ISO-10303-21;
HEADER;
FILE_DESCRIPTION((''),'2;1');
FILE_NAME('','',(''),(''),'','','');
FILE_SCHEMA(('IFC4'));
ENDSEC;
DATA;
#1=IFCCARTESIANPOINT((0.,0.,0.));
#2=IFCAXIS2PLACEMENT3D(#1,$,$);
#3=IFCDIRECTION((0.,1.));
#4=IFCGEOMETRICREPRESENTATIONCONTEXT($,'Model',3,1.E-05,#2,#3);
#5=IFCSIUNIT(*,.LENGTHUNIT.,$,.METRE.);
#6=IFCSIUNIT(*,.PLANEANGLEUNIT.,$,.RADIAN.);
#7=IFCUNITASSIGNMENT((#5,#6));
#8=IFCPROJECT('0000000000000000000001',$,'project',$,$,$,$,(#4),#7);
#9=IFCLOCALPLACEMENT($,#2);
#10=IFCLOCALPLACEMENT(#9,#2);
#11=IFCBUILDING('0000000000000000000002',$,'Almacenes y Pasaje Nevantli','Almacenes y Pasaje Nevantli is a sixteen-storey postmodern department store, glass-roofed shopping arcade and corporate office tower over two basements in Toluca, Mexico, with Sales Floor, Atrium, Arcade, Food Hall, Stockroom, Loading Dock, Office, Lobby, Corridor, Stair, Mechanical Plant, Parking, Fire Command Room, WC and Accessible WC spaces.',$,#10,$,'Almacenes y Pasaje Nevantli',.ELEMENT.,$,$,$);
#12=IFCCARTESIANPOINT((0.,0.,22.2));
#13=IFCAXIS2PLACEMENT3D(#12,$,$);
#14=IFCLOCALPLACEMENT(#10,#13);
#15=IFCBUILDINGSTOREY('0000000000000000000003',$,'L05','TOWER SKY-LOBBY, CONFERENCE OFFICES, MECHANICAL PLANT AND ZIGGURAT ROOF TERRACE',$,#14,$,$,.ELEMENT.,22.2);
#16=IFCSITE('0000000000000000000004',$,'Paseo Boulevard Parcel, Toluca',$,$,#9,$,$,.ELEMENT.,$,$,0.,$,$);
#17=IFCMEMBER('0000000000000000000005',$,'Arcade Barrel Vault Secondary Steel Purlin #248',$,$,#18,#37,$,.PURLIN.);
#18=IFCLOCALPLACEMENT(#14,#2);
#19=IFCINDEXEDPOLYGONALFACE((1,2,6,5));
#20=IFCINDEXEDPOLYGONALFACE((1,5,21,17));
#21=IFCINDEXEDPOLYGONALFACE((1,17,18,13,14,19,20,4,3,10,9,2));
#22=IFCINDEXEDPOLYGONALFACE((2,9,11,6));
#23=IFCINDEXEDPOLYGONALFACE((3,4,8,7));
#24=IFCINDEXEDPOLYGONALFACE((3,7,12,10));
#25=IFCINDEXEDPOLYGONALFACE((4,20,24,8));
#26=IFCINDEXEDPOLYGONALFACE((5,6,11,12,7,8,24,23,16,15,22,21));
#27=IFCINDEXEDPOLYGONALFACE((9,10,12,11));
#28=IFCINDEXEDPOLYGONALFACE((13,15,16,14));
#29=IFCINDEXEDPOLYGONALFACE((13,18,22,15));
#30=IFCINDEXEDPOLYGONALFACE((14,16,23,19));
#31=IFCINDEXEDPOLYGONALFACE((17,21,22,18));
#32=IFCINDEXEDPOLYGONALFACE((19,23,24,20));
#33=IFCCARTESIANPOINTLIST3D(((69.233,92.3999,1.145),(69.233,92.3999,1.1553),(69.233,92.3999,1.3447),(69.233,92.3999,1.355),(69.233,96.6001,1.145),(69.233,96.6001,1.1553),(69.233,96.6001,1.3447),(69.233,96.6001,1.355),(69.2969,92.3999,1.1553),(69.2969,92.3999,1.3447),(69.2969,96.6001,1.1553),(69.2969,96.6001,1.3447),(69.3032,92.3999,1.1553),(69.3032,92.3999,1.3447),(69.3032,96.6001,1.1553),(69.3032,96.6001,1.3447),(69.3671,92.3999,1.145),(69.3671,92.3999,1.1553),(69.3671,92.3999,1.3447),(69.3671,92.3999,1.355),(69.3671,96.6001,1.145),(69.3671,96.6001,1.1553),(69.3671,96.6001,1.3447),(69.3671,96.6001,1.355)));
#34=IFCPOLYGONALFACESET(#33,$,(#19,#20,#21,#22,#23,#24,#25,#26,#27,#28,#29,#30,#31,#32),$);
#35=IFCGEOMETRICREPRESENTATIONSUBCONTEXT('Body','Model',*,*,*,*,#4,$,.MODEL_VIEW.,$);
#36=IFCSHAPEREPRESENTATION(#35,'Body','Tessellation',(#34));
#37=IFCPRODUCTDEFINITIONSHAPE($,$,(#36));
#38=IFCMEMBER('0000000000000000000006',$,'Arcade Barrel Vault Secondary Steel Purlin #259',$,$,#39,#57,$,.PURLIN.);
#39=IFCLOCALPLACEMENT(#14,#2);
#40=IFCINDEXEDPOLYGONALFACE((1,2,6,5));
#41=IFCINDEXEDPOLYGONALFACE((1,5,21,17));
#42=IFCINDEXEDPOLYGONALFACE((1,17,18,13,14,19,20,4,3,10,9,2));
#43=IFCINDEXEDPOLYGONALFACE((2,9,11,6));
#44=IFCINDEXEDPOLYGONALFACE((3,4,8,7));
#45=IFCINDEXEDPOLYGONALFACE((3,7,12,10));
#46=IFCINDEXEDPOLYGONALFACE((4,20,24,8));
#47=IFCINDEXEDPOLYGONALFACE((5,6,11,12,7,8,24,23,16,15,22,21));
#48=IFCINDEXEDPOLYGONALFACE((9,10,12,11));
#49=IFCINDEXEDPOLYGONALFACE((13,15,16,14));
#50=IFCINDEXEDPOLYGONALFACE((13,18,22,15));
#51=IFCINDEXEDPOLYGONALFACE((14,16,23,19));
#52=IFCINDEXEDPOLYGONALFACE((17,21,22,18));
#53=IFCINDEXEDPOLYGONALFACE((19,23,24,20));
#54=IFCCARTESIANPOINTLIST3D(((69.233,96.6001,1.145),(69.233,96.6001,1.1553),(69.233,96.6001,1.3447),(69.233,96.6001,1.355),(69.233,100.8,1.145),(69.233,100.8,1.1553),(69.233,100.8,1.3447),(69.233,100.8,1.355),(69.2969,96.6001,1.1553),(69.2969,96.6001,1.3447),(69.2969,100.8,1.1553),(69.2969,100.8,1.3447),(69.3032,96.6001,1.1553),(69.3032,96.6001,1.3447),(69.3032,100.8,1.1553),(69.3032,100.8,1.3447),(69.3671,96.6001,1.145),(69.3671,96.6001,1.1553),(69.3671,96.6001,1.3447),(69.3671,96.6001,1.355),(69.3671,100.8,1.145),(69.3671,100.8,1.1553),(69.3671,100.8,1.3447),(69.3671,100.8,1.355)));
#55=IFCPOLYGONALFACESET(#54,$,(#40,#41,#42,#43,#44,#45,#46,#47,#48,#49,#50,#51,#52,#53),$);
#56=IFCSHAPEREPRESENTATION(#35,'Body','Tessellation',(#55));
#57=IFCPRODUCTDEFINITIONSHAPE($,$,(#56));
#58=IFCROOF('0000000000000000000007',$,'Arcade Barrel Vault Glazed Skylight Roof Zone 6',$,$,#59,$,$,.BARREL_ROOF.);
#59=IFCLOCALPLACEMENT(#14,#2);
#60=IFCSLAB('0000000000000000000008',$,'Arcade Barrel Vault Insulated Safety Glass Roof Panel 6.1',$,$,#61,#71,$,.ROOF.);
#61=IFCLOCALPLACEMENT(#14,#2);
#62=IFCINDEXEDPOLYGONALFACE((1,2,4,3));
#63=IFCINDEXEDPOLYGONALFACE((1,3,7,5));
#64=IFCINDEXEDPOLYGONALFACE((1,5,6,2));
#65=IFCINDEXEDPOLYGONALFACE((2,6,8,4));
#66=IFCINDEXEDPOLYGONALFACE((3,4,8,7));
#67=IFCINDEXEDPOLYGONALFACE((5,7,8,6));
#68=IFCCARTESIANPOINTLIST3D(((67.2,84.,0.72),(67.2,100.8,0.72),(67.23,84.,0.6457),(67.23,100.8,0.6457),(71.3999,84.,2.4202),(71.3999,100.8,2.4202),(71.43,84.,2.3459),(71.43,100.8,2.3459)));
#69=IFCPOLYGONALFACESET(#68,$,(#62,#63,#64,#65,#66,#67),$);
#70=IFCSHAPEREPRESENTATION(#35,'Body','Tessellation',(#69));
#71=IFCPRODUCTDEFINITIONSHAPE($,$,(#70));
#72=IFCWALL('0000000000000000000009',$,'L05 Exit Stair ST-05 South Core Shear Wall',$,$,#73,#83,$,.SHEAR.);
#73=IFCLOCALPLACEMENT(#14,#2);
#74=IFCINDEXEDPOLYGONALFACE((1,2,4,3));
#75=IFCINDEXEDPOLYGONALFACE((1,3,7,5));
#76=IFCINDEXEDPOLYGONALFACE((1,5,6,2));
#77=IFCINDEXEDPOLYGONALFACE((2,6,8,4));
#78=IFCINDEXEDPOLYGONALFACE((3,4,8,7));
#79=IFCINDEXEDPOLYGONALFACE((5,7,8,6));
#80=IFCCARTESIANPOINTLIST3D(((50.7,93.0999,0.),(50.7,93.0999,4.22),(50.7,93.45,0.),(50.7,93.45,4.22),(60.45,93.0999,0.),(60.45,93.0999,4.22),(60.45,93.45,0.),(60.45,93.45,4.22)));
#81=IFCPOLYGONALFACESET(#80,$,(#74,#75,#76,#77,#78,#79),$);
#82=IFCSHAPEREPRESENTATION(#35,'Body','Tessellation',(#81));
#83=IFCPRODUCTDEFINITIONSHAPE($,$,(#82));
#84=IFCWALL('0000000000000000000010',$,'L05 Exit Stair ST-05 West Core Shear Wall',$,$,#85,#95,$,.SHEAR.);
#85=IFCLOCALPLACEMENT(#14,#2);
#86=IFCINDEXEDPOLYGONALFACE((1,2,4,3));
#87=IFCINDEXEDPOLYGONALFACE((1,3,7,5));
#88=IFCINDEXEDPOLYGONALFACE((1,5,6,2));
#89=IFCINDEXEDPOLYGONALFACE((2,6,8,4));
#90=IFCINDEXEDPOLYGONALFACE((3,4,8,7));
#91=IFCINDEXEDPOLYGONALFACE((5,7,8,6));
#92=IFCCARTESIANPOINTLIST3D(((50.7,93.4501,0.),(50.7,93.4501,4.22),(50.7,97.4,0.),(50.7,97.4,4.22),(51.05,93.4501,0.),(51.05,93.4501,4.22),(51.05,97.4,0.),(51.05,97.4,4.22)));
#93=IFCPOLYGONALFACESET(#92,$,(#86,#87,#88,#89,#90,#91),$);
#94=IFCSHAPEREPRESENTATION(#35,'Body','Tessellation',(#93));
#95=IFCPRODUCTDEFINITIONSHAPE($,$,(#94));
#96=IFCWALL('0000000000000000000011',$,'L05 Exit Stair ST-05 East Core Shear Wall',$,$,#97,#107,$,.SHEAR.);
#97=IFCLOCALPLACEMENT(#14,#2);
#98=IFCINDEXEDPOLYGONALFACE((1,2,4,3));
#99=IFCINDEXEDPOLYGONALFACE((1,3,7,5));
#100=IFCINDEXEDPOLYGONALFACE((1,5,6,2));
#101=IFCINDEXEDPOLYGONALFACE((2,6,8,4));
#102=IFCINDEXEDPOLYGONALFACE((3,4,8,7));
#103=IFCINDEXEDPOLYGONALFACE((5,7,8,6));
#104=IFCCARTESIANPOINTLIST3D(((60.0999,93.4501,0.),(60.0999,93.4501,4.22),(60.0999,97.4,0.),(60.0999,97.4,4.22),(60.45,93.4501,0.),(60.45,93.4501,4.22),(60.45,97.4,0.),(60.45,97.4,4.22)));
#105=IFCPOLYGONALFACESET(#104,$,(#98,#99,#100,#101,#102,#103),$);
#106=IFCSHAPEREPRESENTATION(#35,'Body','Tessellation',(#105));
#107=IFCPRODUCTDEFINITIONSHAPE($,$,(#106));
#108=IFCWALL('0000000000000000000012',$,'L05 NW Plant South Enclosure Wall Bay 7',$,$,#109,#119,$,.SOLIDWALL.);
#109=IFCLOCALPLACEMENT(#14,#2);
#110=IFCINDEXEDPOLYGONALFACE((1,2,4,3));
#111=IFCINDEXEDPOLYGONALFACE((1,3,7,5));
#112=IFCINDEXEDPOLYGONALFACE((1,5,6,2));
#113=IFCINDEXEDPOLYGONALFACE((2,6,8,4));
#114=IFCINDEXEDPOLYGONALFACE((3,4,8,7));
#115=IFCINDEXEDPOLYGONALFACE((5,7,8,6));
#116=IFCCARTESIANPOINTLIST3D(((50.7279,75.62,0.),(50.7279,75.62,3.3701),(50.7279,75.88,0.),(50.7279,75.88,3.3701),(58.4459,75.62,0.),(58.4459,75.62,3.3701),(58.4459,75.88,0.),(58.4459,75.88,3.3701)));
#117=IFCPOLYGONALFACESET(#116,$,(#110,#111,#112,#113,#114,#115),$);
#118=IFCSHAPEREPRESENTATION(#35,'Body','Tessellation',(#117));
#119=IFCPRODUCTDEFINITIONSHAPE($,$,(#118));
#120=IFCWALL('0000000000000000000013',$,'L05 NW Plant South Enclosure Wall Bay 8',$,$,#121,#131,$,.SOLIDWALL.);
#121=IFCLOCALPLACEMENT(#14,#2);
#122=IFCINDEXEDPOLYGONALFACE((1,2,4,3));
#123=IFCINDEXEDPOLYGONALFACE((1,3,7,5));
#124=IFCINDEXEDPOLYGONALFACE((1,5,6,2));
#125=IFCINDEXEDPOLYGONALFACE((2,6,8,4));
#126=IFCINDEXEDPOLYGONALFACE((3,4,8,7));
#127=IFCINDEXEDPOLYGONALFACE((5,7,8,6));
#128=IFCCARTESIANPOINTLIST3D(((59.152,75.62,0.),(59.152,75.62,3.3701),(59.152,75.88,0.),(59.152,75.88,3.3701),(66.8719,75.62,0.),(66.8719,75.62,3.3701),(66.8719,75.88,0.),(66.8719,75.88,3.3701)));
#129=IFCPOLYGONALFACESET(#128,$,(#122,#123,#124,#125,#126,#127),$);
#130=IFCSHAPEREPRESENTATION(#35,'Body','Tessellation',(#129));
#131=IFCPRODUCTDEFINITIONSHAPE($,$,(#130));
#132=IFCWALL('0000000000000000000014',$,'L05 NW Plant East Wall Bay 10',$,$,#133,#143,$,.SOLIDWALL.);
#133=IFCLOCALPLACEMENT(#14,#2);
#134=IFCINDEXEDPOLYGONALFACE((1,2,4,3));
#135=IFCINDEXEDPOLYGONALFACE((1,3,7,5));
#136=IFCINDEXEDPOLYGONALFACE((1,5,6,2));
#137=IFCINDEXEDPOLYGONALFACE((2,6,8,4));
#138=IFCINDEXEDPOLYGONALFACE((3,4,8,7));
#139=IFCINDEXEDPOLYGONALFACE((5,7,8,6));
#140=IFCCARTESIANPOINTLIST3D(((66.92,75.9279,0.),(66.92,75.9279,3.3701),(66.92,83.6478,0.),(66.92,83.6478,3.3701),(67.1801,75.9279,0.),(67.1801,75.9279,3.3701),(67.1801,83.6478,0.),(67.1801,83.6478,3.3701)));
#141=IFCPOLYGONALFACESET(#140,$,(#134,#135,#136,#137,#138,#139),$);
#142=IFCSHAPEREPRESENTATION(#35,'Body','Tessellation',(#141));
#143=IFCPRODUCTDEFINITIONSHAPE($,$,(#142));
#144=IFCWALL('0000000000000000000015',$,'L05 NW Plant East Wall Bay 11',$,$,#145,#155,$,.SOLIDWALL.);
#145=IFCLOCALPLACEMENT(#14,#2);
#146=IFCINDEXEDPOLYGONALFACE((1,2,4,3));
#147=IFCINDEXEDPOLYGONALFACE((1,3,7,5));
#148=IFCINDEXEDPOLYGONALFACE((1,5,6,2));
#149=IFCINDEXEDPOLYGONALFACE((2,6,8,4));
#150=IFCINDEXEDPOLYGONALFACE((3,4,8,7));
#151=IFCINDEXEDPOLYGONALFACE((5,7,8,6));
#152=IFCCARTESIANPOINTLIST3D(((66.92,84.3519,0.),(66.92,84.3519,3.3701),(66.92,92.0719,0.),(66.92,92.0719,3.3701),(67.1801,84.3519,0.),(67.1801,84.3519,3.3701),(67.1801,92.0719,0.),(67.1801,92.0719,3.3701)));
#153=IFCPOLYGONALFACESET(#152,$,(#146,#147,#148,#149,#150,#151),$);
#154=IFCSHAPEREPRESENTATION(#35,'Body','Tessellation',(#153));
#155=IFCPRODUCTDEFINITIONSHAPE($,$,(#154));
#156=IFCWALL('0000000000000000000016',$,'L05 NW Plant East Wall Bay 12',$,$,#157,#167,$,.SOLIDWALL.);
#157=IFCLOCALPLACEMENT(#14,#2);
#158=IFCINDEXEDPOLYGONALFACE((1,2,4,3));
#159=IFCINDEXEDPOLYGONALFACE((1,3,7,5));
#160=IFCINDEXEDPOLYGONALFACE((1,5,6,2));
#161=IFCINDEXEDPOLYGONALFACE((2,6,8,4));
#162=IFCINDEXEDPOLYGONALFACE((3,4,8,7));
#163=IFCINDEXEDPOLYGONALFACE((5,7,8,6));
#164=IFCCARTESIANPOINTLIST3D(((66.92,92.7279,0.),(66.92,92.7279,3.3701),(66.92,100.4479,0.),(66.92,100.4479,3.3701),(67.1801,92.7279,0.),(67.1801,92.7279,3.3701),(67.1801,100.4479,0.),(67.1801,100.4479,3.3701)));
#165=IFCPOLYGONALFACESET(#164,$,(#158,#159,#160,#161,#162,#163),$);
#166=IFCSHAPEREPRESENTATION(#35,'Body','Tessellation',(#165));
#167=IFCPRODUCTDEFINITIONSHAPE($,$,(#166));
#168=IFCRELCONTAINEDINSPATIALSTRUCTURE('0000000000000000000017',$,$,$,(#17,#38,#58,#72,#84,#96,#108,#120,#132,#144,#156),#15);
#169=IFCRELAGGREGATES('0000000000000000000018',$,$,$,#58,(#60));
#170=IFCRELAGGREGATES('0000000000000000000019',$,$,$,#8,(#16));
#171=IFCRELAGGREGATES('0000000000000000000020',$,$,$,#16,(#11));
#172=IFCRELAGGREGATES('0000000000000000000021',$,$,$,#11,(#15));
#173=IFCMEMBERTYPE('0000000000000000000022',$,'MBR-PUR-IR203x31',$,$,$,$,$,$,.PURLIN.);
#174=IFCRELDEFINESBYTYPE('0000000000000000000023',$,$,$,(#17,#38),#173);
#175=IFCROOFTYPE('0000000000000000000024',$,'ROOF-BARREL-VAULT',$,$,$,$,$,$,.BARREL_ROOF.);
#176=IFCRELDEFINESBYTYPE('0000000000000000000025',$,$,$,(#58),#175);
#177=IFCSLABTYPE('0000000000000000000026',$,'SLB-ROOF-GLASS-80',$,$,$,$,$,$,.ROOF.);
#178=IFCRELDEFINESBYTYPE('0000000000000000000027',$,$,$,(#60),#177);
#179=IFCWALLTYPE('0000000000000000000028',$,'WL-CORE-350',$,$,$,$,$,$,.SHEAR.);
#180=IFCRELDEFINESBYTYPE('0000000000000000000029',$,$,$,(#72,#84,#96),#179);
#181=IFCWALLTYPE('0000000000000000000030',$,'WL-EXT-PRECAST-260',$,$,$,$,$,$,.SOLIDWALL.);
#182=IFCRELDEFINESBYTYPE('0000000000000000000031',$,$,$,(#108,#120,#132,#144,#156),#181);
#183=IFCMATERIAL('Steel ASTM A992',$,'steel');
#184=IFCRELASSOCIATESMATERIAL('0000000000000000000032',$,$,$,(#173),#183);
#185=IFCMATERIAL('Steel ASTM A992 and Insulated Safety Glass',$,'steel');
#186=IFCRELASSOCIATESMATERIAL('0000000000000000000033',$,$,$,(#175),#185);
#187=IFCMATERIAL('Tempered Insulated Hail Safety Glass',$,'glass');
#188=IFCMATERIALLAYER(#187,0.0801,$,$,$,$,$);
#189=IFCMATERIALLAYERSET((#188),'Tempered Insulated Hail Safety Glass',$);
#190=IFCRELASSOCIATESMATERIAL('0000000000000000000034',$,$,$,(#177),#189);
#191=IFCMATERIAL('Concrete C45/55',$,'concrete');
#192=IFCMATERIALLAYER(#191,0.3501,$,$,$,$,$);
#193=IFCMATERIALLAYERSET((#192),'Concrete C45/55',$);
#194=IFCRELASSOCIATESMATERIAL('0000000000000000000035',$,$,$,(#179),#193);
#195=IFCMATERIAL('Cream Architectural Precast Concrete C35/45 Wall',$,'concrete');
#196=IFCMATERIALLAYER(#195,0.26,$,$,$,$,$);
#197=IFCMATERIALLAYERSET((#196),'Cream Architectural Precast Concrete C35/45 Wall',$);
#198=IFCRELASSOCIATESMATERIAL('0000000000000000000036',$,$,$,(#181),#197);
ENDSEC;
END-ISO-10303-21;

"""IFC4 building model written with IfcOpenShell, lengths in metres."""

from ifc_helpers import new_model, si_unit, direction, frame, frame_2d, origin, origin_2d, place, context, subcontext, project, spatial, polyline, rectangle, i_section, outline, extrude, material, layer, layer_set, material_profile, profile_set, type_object, element, aggregate, save


model = new_model("IFC4")

# Units and contexts
model_context = context("Model", 3, precision=1e-05, world=origin(), true_north=direction((0.0, 1.0)))
body_context = subcontext(model_context, "Body", "Model", "MODEL_VIEW")
ifc_project = project(units=[si_unit("LENGTHUNIT", "METRE"), si_unit("PLANEANGLEUNIT", "RADIAN")], contexts=[model_context])

# Site, building, storey
site_placement = place(None, origin())
site = spatial("IfcSite", under=ifc_project, at=site_placement, Name="Paseo Boulevard Parcel, Toluca", CompositionType="ELEMENT", RefElevation=0.0)
building_placement = place(site_placement, origin())
building = spatial("IfcBuilding", under=site, at=building_placement, Name="Almacenes y Pasaje Nevantli", Description="Almacenes y Pasaje Nevantli is a sixteen-storey postmodern department store, glass-roofed shopping arcade and corporate office tower over two basements in Toluca, Mexico, with Sales Floor, Atrium, Arcade, Food Hall, Stockroom, Loading Dock, Office, Lobby, Corridor, Stair, Mechanical Plant, Parking, Fire Command Room, WC and Accessible WC spaces.", LongName="Almacenes y Pasaje Nevantli", CompositionType="ELEMENT")
storey_placement = place(building_placement, frame((0.0, 0.0, 22.2)))
storey = spatial("IfcBuildingStorey", under=building, at=storey_placement, Name="L05", Description="TOWER SKY-LOBBY, CONFERENCE OFFICES, MECHANICAL PLANT AND ZIGGURAT ROOF TERRACE", CompositionType="ELEMENT", Elevation=22.2)

# Members
ifc_material_1 = material(Name="Steel ASTM A992", Category="steel")
ifc_material_profile_1 = material_profile(ifc_material_1, i_section(OverallWidth=0.134, OverallDepth=0.21, WebThickness=0.0063, FlangeThickness=0.0103, at=origin_2d()), Name="IR 203x31.3")
ifc_profile_set_1 = profile_set([ifc_material_profile_1], Name="Steel ASTM A992")
member_type_1 = type_object("IfcMemberType", Name="MBR-PUR-IR203x31", PredefinedType="PURLIN", material=ifc_profile_set_1)
member_1_placement = place(storey_placement, frame((69.3, 92.3999, 1.25), z_axis=(0.0, 1.0, 0.0), x_axis=(-1.0, 0.0, 0.0)))
element("IfcMember", 1, at=member_1_placement, inside=storey, type_object=member_type_1, Name="Arcade Barrel Vault Secondary Steel Purlin #248", PredefinedType="PURLIN", context=body_context, shape_type="SweptSolid", body=[
    extrude(i_section(OverallWidth=0.134, OverallDepth=0.21, WebThickness=0.0063, FlangeThickness=0.0103, at=origin_2d()), origin(), (0.0, 0.0, 1.0), 4.2002),
])
member_2_placement = place(storey_placement, frame((69.3, 96.6001, 1.25), z_axis=(0.0, 1.0, 0.0), x_axis=(-1.0, 0.0, 0.0)))
element("IfcMember", 2, at=member_2_placement, inside=storey, type_object=member_type_1, Name="Arcade Barrel Vault Secondary Steel Purlin #259", PredefinedType="PURLIN", context=body_context, shape_type="SweptSolid", body=[
    extrude(i_section(OverallWidth=0.134, OverallDepth=0.21, WebThickness=0.0063, FlangeThickness=0.0103, at=origin_2d()), origin(), (0.0, 0.0, 1.0), 4.2),
])

# Roof, slab
ifc_material_2 = material(Name="Steel ASTM A992 and Insulated Safety Glass", Category="steel")
roof_type = type_object("IfcRoofType", Name="ROOF-BARREL-VAULT", PredefinedType="BARREL_ROOF", material=ifc_material_2)
roof_placement = place(storey_placement, origin())
roof = element("IfcRoof", 3, at=roof_placement, inside=storey, type_object=roof_type, Name="Arcade Barrel Vault Glazed Skylight Roof Zone 6", PredefinedType="BARREL_ROOF")
ifc_material_3 = material(Name="Tempered Insulated Hail Safety Glass", Category="glass")
ifc_layer_1 = layer(ifc_material_3, 0.0801)
ifc_layer_set_1 = layer_set([ifc_layer_1], Name="Tempered Insulated Hail Safety Glass")
slab_type = type_object("IfcSlabType", Name="SLB-ROOF-GLASS-80", PredefinedType="ROOF", material=ifc_layer_set_1)
slab_placement = place(storey_placement, frame((67.2, 84.0, 0.72), z_axis=(-0.375234, 0.0, 0.92693), x_axis=(0.92693, 0.0, 0.375234)))
slab = element("IfcSlab", 4, at=slab_placement, type_object=slab_type, Name="Arcade Barrel Vault Insulated Safety Glass Roof Panel 6.1", PredefinedType="ROOF", context=body_context, shape_type="SweptSolid", body=[
    extrude(outline(polyline([(0.0, 0.0), (4.531, 0.0), (4.531, 16.8), (0.0, 16.8), (0.0, 0.0)])), origin(), (0.0, 0.0, -1.0), 0.0801),
])
aggregate(roof, [slab])

# Walls
ifc_material_4 = material(Name="Concrete C45/55", Category="concrete")
ifc_layer_2 = layer(ifc_material_4, 0.3501)
ifc_layer_set_2 = layer_set([ifc_layer_2], Name="Concrete C45/55")
wall_type_1 = type_object("IfcWallType", Name="WL-CORE-350", PredefinedType="SHEAR", material=ifc_layer_set_2)
wall_1_placement = place(storey_placement, frame((50.7, 93.2749, 0.0), z_axis=(0.0, 0.0, 1.0), x_axis=(1.0, 0.0, 0.0)))
element("IfcWall", 5, at=wall_1_placement, inside=storey, type_object=wall_type_1, Name="L05 Exit Stair ST-05 South Core Shear Wall", PredefinedType="SHEAR", context=body_context, shape_type="SweptSolid", body=[
    extrude(rectangle(XDim=9.75, YDim=0.3501, at=frame_2d((4.875, 0.0))), origin(), (0.0, 0.0, 1.0), 4.22),
])
for number, where, z_axis, x_axis, name in (
    (6, (50.875, 93.45, 0.0), (0.0, 0.0, 1.0), (0.0, 1.0, 0.0), "L05 Exit Stair ST-05 West Core Shear Wall"),
    (7, (60.2749, 93.45, 0.0), (0.0, 0.0, 1.0), (0.0, 1.0, 0.0), "L05 Exit Stair ST-05 East Core Shear Wall"),
):
    element("IfcWall", number, at=place(storey_placement, frame(where, z_axis=z_axis, x_axis=x_axis)), inside=storey, type_object=wall_type_1, Name=name, PredefinedType="SHEAR", context=body_context, shape_type="SweptSolid", body=[
        extrude(rectangle(XDim=3.95, YDim=0.3501, at=frame_2d((1.9751, 0.0))), origin(), (0.0, 0.0, 1.0), 4.22),
    ])
ifc_material_5 = material(Name="Cream Architectural Precast Concrete C35/45 Wall", Category="concrete")
ifc_layer_3 = layer(ifc_material_5, 0.26)
ifc_layer_set_3 = layer_set([ifc_layer_3], Name="Cream Architectural Precast Concrete C35/45 Wall")
wall_type_2 = type_object("IfcWallType", Name="WL-EXT-PRECAST-260", PredefinedType="SOLIDWALL", material=ifc_layer_set_3)
wall_2_placement = place(storey_placement, frame((50.728, 75.75, 0.0), z_axis=(0.0, 0.0, 1.0), x_axis=(1.0, 0.0, 0.0)))
element("IfcWall", 8, at=wall_2_placement, inside=storey, type_object=wall_type_2, Name="L05 NW Plant South Enclosure Wall Bay 7", PredefinedType="SOLIDWALL", context=body_context, shape_type="SweptSolid", body=[
    extrude(rectangle(XDim=7.718, YDim=0.26, at=frame_2d((3.8589, 0.0))), origin(), (0.0, 0.0, 1.0), 3.3701),
])
for number, where, z_axis, x_axis, name in (
    (9, (59.1521, 75.75, 0.0), (0.0, 0.0, 1.0), (1.0, 0.0, 0.0), "L05 NW Plant South Enclosure Wall Bay 8"),
    (10, (67.05, 75.928, 0.0), (0.0, 0.0, 1.0), (0.0, 1.0, 0.0), "L05 NW Plant East Wall Bay 10"),
    (11, (67.05, 84.3521, 0.0), (0.0, 0.0, 1.0), (0.0, 1.0, 0.0), "L05 NW Plant East Wall Bay 11"),
    (12, (67.05, 92.728, 0.0), (0.0, 0.0, 1.0), (0.0, 1.0, 0.0), "L05 NW Plant East Wall Bay 12"),
):
    element("IfcWall", number, at=place(storey_placement, frame(where, z_axis=z_axis, x_axis=x_axis)), inside=storey, type_object=wall_type_2, Name=name, PredefinedType="SOLIDWALL", context=body_context, shape_type="SweptSolid", body=[
        extrude(rectangle(XDim=7.72, YDim=0.26, at=frame_2d((3.8599, 0.0))), origin(), (0.0, 0.0, 1.0), 3.3701),
    ])

save(model, "model.ifc")
